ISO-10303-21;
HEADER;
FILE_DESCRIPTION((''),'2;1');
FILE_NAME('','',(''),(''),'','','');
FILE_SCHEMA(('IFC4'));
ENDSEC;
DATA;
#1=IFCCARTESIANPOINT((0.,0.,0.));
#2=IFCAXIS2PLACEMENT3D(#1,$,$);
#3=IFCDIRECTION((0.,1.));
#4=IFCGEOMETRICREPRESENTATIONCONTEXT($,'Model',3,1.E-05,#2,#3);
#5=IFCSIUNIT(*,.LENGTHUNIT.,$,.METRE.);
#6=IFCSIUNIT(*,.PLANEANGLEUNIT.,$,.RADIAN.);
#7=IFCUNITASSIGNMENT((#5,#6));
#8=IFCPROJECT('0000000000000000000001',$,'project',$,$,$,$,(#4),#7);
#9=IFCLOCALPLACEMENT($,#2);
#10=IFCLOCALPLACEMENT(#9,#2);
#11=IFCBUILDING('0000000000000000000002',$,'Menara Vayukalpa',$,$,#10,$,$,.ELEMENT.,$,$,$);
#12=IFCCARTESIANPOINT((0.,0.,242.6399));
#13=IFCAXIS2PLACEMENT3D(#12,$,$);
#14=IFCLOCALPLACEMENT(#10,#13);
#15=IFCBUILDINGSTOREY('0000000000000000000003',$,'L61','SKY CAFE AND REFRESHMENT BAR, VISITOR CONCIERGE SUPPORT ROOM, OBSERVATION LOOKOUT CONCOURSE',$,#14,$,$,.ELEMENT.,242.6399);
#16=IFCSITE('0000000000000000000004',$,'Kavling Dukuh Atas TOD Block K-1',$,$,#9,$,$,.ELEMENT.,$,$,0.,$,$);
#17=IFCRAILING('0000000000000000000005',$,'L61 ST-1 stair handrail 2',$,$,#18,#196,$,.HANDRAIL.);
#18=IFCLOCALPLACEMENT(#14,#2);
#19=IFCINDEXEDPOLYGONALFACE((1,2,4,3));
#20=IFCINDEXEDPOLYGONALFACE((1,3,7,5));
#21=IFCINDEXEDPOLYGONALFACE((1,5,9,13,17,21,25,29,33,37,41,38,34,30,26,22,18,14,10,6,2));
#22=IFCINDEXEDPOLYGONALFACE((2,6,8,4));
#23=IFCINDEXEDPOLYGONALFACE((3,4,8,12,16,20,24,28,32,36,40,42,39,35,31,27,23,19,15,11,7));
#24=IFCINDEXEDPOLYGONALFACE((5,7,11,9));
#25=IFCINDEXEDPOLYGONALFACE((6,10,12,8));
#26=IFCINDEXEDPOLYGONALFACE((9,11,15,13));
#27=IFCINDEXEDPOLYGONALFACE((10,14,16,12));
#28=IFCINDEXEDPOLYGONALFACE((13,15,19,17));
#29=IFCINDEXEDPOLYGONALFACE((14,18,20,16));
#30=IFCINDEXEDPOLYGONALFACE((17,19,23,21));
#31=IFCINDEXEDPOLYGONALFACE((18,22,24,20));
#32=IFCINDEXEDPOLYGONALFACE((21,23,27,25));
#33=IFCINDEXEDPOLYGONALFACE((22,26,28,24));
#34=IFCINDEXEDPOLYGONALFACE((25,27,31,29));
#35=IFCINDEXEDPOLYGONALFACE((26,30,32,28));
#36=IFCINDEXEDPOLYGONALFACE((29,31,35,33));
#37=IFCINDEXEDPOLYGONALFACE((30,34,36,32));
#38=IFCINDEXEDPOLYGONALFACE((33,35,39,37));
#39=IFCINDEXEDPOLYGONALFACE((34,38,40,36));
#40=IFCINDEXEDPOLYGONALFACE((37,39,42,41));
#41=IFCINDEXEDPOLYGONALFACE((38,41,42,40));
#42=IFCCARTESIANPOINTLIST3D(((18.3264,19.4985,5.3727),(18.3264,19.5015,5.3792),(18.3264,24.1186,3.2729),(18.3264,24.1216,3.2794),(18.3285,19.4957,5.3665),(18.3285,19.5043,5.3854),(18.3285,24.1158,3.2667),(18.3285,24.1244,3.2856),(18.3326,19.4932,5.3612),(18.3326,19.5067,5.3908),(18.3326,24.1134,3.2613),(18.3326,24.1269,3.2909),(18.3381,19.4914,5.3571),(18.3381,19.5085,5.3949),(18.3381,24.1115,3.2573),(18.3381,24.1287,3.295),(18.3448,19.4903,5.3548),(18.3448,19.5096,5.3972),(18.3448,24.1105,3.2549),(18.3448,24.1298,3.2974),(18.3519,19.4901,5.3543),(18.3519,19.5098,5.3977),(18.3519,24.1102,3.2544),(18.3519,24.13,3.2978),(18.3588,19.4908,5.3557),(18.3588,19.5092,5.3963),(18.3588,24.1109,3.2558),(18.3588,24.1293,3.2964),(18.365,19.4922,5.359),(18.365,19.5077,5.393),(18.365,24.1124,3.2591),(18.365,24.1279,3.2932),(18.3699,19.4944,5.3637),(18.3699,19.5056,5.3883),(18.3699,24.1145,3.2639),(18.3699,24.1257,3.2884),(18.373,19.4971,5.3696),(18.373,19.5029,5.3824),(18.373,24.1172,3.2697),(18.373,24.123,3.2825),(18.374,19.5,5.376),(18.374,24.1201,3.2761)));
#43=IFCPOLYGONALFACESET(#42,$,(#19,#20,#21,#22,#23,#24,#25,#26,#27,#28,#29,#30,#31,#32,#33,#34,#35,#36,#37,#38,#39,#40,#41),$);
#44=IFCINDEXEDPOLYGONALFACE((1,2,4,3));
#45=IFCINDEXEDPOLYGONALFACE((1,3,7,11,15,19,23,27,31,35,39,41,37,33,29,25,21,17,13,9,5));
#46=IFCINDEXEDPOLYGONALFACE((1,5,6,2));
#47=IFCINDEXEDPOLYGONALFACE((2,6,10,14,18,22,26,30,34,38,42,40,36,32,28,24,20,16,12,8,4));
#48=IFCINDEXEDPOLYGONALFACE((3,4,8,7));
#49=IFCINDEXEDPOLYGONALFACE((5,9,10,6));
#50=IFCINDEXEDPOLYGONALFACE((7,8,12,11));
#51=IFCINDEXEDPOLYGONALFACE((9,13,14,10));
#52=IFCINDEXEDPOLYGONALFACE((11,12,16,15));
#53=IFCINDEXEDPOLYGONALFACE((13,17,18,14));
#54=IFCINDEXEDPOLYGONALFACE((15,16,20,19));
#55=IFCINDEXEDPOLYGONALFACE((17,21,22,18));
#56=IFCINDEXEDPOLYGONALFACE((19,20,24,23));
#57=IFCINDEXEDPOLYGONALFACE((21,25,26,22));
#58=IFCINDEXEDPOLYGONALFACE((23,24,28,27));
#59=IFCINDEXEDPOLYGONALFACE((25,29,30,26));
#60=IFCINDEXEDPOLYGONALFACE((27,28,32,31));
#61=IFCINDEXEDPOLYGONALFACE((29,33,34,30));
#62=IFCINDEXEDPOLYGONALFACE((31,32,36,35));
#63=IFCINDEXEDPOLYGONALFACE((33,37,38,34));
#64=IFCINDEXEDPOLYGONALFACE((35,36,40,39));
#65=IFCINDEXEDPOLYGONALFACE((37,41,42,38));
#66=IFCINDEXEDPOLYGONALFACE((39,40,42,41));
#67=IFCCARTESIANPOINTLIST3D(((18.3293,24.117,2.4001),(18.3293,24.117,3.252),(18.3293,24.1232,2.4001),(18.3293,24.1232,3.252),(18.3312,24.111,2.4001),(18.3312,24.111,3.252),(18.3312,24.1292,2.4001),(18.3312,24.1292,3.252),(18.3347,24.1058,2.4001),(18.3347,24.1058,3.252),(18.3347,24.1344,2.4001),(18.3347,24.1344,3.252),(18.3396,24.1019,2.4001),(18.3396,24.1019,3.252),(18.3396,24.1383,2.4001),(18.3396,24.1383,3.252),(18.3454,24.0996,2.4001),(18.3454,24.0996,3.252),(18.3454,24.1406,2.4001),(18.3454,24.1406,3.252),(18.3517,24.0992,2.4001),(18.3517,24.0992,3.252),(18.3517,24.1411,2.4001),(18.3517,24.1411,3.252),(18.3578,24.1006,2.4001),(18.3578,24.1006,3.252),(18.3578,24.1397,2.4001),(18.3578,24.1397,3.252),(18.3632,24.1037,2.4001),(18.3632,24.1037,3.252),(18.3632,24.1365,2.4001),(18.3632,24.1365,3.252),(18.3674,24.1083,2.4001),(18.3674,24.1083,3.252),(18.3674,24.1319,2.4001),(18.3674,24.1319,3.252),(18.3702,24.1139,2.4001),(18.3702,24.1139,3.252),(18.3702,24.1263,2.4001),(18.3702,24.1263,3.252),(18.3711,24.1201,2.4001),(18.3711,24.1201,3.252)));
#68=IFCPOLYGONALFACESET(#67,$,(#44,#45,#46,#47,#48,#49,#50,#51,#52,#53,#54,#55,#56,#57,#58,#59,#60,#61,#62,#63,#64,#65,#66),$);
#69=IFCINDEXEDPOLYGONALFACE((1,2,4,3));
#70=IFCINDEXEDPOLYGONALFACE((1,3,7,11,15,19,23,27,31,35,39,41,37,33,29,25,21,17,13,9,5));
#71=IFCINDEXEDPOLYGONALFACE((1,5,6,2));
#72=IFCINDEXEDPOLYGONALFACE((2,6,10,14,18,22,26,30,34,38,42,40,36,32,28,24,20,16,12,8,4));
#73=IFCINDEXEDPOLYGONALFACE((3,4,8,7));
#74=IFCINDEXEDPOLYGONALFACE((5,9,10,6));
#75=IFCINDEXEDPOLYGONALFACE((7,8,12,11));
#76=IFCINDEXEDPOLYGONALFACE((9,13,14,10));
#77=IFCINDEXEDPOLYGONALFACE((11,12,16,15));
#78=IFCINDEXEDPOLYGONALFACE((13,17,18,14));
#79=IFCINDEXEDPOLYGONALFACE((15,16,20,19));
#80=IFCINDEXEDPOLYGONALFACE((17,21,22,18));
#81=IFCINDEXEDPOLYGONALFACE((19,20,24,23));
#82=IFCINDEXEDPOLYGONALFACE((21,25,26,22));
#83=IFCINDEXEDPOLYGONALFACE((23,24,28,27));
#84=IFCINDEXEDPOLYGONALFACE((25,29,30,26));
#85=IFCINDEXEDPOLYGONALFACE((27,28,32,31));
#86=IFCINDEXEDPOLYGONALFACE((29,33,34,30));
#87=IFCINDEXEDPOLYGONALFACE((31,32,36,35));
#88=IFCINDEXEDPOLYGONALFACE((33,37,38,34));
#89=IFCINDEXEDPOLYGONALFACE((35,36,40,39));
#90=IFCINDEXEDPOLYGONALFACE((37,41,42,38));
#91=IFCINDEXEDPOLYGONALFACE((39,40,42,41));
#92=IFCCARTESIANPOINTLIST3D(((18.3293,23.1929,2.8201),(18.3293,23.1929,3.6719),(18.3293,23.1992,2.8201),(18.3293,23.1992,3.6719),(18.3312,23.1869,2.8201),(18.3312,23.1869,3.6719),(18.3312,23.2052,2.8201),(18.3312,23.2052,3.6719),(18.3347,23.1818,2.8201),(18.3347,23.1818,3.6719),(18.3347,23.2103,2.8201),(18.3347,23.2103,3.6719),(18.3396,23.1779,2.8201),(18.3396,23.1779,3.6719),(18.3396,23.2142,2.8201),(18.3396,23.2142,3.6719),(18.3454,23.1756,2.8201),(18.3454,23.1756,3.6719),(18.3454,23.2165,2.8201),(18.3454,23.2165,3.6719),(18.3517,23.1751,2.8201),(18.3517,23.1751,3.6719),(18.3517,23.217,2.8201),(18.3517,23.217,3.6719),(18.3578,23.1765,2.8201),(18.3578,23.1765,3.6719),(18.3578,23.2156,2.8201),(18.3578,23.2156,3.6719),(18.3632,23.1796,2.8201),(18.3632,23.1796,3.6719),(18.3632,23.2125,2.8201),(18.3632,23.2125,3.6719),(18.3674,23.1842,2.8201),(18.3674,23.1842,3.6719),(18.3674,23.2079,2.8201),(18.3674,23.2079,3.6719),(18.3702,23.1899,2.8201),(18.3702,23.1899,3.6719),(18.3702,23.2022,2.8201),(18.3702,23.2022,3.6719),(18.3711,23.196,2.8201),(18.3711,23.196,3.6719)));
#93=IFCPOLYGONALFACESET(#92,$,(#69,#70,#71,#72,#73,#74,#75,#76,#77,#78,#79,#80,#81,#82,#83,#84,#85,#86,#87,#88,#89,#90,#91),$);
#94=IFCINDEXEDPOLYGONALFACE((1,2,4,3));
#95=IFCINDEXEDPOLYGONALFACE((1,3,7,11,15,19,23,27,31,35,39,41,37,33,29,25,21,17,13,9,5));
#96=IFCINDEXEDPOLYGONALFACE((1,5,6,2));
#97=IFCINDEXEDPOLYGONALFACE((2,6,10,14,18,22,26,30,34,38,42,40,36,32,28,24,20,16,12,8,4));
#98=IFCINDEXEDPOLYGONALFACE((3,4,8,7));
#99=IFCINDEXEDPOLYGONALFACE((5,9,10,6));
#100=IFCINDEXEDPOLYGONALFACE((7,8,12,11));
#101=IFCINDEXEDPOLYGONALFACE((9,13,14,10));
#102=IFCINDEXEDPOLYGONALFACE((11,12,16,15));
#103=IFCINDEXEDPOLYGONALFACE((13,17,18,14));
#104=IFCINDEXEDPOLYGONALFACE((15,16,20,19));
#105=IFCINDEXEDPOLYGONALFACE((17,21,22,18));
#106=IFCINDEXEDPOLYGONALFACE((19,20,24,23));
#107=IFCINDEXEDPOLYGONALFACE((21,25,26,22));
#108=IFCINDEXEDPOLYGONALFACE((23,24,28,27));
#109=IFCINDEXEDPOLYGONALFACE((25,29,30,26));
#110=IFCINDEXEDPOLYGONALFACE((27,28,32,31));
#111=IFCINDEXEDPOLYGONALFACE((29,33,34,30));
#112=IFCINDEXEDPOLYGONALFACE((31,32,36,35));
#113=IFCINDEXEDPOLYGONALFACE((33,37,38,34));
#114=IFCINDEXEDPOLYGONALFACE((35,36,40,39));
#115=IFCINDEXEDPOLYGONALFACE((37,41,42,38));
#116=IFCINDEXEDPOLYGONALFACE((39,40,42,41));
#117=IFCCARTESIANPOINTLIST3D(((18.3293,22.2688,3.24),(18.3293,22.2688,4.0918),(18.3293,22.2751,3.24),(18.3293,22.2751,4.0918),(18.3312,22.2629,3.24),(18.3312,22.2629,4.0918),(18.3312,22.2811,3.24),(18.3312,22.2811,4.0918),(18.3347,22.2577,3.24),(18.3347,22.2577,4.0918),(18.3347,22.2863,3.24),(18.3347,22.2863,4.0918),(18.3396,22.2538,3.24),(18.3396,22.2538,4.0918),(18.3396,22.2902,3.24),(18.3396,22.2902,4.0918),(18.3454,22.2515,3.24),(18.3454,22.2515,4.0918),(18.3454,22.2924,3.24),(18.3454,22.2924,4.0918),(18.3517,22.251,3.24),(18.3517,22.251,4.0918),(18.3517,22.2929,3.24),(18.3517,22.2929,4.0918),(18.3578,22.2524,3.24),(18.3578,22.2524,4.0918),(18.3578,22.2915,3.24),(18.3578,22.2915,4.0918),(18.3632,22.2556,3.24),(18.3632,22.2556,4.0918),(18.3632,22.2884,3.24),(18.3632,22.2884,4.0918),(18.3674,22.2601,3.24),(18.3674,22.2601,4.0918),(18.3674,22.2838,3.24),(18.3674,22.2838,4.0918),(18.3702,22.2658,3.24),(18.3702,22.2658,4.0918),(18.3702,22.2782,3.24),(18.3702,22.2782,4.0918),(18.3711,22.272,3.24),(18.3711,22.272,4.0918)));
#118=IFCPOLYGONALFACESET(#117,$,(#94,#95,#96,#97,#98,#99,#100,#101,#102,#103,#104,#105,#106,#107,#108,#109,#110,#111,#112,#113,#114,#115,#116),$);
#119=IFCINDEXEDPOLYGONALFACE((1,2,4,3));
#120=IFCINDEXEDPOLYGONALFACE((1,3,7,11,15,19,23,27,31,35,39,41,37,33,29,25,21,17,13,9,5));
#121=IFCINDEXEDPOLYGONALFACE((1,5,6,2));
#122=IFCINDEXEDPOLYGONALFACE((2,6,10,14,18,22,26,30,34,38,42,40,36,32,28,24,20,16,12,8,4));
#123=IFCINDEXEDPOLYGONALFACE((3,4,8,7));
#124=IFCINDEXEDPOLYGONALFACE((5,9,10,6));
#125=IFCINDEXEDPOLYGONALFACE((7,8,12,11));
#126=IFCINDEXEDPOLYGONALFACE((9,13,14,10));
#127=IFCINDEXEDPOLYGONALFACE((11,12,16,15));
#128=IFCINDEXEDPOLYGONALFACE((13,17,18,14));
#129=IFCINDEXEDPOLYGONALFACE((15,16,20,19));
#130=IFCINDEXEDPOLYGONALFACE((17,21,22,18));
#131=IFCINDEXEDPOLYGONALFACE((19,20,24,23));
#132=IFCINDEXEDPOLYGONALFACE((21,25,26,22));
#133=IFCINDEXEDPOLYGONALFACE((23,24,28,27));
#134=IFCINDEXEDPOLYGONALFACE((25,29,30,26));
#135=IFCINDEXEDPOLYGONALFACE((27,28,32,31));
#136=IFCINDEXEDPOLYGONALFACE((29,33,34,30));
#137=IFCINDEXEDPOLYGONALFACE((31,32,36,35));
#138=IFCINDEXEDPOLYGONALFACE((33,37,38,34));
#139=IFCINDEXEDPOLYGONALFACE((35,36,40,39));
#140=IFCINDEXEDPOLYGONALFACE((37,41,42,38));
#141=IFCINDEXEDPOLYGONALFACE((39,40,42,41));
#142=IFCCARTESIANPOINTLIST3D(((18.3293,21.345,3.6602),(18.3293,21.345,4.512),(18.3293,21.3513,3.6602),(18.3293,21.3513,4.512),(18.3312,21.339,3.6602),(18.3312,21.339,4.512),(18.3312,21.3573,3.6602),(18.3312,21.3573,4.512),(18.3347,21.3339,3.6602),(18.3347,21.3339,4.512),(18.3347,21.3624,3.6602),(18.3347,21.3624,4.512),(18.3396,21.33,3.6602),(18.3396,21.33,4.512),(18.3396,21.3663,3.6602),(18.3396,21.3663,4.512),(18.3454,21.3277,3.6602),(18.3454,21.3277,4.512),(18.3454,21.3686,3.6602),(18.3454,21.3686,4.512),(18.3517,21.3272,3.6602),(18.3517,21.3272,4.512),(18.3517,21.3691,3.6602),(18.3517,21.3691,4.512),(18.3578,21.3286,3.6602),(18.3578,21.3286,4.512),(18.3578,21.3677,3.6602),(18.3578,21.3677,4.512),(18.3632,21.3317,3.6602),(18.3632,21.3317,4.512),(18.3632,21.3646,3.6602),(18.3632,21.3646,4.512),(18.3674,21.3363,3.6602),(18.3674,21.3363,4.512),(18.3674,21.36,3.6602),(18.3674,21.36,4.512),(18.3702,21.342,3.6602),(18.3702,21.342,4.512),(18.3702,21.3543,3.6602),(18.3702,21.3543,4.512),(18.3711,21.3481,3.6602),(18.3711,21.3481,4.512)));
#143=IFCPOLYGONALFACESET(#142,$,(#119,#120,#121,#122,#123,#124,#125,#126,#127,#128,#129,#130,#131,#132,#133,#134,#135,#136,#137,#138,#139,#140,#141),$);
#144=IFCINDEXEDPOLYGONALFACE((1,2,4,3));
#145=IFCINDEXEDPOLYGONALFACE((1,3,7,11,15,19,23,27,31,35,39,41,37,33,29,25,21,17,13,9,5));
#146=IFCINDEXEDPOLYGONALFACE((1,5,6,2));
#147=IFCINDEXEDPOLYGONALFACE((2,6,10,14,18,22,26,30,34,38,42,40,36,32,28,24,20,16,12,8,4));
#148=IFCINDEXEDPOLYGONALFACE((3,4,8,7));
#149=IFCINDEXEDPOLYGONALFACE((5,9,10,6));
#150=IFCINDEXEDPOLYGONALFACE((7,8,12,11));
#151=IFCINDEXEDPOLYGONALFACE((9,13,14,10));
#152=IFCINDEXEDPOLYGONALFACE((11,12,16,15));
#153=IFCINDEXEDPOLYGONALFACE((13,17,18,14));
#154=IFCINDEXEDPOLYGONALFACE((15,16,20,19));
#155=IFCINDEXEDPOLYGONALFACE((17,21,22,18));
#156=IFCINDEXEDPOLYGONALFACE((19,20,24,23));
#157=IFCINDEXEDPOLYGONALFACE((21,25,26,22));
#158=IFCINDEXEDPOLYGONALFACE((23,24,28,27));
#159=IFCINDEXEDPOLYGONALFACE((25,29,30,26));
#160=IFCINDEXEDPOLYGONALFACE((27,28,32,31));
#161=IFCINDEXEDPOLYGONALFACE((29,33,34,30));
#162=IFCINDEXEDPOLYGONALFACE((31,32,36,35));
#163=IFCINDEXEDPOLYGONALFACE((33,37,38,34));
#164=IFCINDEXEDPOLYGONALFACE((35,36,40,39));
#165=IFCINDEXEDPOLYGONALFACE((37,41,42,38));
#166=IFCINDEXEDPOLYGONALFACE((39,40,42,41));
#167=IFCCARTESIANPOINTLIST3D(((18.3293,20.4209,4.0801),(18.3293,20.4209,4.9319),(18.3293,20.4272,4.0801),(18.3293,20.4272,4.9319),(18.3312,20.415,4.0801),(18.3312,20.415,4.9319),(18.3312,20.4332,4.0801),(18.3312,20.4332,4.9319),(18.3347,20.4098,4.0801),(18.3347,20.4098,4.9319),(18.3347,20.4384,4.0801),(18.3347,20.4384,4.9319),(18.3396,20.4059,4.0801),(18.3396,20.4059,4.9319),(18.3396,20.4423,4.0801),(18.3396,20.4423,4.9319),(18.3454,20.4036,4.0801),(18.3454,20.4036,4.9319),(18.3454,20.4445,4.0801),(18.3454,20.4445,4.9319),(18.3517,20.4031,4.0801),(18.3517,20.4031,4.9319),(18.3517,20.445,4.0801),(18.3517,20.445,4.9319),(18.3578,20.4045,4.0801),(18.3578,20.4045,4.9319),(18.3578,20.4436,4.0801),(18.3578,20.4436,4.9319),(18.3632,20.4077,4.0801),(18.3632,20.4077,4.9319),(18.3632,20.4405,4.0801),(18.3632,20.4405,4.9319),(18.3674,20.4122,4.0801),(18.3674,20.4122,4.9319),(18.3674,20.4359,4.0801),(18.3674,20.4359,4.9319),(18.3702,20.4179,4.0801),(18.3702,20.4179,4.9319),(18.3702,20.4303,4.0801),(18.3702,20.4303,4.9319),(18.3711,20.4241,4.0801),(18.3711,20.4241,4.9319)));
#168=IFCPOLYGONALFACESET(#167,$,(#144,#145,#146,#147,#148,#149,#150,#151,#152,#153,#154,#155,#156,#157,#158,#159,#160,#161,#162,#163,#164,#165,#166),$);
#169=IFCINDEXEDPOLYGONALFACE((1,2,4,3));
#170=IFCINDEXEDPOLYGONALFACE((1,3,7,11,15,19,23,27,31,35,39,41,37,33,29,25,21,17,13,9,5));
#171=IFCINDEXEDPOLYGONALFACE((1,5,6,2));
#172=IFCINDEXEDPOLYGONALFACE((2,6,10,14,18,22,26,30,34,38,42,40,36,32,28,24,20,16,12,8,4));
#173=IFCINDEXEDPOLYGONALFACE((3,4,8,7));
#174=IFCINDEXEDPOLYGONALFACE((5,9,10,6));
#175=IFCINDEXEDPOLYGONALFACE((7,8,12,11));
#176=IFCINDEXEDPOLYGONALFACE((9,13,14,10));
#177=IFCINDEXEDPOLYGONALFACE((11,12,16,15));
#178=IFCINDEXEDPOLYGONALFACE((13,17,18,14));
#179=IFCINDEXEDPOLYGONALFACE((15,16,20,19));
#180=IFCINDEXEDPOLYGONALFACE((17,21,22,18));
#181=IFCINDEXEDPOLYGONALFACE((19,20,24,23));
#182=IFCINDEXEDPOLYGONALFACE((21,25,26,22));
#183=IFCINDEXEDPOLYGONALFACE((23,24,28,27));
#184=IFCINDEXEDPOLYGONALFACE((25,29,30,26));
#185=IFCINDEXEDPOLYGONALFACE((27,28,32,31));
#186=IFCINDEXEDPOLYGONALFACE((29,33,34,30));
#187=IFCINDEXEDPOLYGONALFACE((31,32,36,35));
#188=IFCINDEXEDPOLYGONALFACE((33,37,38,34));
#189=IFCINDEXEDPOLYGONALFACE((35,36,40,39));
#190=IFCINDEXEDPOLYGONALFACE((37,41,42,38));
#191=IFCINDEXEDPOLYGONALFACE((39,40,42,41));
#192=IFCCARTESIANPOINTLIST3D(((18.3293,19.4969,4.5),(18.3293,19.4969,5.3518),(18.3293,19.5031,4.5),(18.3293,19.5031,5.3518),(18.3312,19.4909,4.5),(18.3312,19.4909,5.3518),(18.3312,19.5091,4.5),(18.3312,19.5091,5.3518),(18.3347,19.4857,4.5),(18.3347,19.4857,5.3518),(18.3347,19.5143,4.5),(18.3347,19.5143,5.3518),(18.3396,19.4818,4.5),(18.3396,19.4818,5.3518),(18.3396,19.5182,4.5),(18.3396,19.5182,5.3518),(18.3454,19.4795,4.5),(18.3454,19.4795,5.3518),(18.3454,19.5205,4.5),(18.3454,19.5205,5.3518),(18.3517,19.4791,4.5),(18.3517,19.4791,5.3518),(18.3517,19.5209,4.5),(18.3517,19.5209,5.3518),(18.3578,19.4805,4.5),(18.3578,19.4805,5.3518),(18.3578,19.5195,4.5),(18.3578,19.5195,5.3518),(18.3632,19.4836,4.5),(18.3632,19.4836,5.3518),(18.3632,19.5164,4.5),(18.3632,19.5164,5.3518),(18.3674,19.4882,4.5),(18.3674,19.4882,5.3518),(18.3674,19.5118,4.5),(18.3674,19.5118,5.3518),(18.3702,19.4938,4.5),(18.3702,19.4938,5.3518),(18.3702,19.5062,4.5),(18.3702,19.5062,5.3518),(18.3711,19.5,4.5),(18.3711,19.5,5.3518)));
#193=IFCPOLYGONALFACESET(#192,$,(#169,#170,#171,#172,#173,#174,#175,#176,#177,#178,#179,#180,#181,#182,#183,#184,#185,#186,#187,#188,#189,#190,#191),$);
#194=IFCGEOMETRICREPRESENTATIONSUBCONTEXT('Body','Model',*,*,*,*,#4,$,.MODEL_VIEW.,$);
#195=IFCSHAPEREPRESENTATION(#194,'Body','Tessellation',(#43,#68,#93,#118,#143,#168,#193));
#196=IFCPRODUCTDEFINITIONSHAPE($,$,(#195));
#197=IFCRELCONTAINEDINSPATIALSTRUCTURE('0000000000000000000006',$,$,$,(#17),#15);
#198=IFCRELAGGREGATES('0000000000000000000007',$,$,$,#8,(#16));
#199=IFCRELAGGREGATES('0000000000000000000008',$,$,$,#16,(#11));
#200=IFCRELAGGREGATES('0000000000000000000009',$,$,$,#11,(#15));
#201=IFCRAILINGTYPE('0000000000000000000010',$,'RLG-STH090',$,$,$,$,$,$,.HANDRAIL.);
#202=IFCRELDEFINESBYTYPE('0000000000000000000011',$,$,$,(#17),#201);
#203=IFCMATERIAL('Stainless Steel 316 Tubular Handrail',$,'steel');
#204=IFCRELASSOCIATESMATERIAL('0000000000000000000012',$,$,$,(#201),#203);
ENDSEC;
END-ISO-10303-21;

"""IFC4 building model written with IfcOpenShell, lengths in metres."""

from ifc_helpers import new_model, si_unit, direction, frame, origin, origin_2d, place, context, subcontext, project, spatial, circle, extrude, material, type_object, element, save


model = new_model("IFC4")

# Units and contexts
model_context = context("Model", 3, precision=1e-05, world=origin(), true_north=direction((0.0, 1.0)))
body_context = subcontext(model_context, "Body", "Model", "MODEL_VIEW")
ifc_project = project(units=[si_unit("LENGTHUNIT", "METRE"), si_unit("PLANEANGLEUNIT", "RADIAN")], contexts=[model_context])

# Site, building, storey
site_placement = place(None, origin())
site = spatial("IfcSite", under=ifc_project, at=site_placement, Name="Kavling Dukuh Atas TOD Block K-1", CompositionType="ELEMENT", RefElevation=0.0)
building_placement = place(site_placement, origin())
building = spatial("IfcBuilding", under=site, at=building_placement, Name="Menara Vayukalpa", CompositionType="ELEMENT")
storey_placement = place(building_placement, frame((0.0, 0.0, 242.6399)))
storey = spatial("IfcBuildingStorey", under=building, at=storey_placement, Name="L61", Description="SKY CAFE AND REFRESHMENT BAR, VISITOR CONCIERGE SUPPORT ROOM, OBSERVATION LOOKOUT CONCOURSE", CompositionType="ELEMENT", Elevation=242.6399)

# Railing
ifc_material_1 = material(Name="Stainless Steel 316 Tubular Handrail", Category="steel")
railing_type_1 = type_object("IfcRailingType", Name="RLG-STH090", PredefinedType="HANDRAIL", material=ifc_material_1)
railing_1_placement = place(storey_placement, frame((18.3501, 24.1201, 2.4001)))
element("IfcRailing", 1, at=railing_1_placement, inside=storey, type_object=railing_type_1, Name="L61 ST-1 stair handrail 2", PredefinedType="HANDRAIL", context=body_context, shape_type="SweptSolid", body=[
    extrude(circle(Radius=0.0239, at=origin_2d()), frame((0.0, 0.0, 0.876), z_axis=(0.0, -0.910381, 0.41377), x_axis=(1.0, 0.0, 0.0)), (0.0, 0.0, 1.0), 5.075),
    extrude(circle(Radius=0.021, at=origin_2d()), origin(), (0.0, 0.0, 1.0), 0.8518),
    extrude(circle(Radius=0.021, at=origin_2d()), frame((0.0, -0.9241, 0.4199)), (0.0, 0.0, 1.0), 0.8518),
    extrude(circle(Radius=0.021, at=origin_2d()), frame((0.0, -1.8481, 0.8398)), (0.0, 0.0, 1.0), 0.8518),
    extrude(circle(Radius=0.021, at=origin_2d()), frame((0.0, -2.772, 1.26)), (0.0, 0.0, 1.0), 0.8518),
    extrude(circle(Radius=0.021, at=origin_2d()), frame((0.0, -3.696, 1.6799)), (0.0, 0.0, 1.0), 0.8518),
    extrude(circle(Radius=0.021, at=origin_2d()), frame((0.0, -4.6201, 2.0999)), (0.0, 0.0, 1.0), 0.8518),
])

save(model, "model.ifc")
